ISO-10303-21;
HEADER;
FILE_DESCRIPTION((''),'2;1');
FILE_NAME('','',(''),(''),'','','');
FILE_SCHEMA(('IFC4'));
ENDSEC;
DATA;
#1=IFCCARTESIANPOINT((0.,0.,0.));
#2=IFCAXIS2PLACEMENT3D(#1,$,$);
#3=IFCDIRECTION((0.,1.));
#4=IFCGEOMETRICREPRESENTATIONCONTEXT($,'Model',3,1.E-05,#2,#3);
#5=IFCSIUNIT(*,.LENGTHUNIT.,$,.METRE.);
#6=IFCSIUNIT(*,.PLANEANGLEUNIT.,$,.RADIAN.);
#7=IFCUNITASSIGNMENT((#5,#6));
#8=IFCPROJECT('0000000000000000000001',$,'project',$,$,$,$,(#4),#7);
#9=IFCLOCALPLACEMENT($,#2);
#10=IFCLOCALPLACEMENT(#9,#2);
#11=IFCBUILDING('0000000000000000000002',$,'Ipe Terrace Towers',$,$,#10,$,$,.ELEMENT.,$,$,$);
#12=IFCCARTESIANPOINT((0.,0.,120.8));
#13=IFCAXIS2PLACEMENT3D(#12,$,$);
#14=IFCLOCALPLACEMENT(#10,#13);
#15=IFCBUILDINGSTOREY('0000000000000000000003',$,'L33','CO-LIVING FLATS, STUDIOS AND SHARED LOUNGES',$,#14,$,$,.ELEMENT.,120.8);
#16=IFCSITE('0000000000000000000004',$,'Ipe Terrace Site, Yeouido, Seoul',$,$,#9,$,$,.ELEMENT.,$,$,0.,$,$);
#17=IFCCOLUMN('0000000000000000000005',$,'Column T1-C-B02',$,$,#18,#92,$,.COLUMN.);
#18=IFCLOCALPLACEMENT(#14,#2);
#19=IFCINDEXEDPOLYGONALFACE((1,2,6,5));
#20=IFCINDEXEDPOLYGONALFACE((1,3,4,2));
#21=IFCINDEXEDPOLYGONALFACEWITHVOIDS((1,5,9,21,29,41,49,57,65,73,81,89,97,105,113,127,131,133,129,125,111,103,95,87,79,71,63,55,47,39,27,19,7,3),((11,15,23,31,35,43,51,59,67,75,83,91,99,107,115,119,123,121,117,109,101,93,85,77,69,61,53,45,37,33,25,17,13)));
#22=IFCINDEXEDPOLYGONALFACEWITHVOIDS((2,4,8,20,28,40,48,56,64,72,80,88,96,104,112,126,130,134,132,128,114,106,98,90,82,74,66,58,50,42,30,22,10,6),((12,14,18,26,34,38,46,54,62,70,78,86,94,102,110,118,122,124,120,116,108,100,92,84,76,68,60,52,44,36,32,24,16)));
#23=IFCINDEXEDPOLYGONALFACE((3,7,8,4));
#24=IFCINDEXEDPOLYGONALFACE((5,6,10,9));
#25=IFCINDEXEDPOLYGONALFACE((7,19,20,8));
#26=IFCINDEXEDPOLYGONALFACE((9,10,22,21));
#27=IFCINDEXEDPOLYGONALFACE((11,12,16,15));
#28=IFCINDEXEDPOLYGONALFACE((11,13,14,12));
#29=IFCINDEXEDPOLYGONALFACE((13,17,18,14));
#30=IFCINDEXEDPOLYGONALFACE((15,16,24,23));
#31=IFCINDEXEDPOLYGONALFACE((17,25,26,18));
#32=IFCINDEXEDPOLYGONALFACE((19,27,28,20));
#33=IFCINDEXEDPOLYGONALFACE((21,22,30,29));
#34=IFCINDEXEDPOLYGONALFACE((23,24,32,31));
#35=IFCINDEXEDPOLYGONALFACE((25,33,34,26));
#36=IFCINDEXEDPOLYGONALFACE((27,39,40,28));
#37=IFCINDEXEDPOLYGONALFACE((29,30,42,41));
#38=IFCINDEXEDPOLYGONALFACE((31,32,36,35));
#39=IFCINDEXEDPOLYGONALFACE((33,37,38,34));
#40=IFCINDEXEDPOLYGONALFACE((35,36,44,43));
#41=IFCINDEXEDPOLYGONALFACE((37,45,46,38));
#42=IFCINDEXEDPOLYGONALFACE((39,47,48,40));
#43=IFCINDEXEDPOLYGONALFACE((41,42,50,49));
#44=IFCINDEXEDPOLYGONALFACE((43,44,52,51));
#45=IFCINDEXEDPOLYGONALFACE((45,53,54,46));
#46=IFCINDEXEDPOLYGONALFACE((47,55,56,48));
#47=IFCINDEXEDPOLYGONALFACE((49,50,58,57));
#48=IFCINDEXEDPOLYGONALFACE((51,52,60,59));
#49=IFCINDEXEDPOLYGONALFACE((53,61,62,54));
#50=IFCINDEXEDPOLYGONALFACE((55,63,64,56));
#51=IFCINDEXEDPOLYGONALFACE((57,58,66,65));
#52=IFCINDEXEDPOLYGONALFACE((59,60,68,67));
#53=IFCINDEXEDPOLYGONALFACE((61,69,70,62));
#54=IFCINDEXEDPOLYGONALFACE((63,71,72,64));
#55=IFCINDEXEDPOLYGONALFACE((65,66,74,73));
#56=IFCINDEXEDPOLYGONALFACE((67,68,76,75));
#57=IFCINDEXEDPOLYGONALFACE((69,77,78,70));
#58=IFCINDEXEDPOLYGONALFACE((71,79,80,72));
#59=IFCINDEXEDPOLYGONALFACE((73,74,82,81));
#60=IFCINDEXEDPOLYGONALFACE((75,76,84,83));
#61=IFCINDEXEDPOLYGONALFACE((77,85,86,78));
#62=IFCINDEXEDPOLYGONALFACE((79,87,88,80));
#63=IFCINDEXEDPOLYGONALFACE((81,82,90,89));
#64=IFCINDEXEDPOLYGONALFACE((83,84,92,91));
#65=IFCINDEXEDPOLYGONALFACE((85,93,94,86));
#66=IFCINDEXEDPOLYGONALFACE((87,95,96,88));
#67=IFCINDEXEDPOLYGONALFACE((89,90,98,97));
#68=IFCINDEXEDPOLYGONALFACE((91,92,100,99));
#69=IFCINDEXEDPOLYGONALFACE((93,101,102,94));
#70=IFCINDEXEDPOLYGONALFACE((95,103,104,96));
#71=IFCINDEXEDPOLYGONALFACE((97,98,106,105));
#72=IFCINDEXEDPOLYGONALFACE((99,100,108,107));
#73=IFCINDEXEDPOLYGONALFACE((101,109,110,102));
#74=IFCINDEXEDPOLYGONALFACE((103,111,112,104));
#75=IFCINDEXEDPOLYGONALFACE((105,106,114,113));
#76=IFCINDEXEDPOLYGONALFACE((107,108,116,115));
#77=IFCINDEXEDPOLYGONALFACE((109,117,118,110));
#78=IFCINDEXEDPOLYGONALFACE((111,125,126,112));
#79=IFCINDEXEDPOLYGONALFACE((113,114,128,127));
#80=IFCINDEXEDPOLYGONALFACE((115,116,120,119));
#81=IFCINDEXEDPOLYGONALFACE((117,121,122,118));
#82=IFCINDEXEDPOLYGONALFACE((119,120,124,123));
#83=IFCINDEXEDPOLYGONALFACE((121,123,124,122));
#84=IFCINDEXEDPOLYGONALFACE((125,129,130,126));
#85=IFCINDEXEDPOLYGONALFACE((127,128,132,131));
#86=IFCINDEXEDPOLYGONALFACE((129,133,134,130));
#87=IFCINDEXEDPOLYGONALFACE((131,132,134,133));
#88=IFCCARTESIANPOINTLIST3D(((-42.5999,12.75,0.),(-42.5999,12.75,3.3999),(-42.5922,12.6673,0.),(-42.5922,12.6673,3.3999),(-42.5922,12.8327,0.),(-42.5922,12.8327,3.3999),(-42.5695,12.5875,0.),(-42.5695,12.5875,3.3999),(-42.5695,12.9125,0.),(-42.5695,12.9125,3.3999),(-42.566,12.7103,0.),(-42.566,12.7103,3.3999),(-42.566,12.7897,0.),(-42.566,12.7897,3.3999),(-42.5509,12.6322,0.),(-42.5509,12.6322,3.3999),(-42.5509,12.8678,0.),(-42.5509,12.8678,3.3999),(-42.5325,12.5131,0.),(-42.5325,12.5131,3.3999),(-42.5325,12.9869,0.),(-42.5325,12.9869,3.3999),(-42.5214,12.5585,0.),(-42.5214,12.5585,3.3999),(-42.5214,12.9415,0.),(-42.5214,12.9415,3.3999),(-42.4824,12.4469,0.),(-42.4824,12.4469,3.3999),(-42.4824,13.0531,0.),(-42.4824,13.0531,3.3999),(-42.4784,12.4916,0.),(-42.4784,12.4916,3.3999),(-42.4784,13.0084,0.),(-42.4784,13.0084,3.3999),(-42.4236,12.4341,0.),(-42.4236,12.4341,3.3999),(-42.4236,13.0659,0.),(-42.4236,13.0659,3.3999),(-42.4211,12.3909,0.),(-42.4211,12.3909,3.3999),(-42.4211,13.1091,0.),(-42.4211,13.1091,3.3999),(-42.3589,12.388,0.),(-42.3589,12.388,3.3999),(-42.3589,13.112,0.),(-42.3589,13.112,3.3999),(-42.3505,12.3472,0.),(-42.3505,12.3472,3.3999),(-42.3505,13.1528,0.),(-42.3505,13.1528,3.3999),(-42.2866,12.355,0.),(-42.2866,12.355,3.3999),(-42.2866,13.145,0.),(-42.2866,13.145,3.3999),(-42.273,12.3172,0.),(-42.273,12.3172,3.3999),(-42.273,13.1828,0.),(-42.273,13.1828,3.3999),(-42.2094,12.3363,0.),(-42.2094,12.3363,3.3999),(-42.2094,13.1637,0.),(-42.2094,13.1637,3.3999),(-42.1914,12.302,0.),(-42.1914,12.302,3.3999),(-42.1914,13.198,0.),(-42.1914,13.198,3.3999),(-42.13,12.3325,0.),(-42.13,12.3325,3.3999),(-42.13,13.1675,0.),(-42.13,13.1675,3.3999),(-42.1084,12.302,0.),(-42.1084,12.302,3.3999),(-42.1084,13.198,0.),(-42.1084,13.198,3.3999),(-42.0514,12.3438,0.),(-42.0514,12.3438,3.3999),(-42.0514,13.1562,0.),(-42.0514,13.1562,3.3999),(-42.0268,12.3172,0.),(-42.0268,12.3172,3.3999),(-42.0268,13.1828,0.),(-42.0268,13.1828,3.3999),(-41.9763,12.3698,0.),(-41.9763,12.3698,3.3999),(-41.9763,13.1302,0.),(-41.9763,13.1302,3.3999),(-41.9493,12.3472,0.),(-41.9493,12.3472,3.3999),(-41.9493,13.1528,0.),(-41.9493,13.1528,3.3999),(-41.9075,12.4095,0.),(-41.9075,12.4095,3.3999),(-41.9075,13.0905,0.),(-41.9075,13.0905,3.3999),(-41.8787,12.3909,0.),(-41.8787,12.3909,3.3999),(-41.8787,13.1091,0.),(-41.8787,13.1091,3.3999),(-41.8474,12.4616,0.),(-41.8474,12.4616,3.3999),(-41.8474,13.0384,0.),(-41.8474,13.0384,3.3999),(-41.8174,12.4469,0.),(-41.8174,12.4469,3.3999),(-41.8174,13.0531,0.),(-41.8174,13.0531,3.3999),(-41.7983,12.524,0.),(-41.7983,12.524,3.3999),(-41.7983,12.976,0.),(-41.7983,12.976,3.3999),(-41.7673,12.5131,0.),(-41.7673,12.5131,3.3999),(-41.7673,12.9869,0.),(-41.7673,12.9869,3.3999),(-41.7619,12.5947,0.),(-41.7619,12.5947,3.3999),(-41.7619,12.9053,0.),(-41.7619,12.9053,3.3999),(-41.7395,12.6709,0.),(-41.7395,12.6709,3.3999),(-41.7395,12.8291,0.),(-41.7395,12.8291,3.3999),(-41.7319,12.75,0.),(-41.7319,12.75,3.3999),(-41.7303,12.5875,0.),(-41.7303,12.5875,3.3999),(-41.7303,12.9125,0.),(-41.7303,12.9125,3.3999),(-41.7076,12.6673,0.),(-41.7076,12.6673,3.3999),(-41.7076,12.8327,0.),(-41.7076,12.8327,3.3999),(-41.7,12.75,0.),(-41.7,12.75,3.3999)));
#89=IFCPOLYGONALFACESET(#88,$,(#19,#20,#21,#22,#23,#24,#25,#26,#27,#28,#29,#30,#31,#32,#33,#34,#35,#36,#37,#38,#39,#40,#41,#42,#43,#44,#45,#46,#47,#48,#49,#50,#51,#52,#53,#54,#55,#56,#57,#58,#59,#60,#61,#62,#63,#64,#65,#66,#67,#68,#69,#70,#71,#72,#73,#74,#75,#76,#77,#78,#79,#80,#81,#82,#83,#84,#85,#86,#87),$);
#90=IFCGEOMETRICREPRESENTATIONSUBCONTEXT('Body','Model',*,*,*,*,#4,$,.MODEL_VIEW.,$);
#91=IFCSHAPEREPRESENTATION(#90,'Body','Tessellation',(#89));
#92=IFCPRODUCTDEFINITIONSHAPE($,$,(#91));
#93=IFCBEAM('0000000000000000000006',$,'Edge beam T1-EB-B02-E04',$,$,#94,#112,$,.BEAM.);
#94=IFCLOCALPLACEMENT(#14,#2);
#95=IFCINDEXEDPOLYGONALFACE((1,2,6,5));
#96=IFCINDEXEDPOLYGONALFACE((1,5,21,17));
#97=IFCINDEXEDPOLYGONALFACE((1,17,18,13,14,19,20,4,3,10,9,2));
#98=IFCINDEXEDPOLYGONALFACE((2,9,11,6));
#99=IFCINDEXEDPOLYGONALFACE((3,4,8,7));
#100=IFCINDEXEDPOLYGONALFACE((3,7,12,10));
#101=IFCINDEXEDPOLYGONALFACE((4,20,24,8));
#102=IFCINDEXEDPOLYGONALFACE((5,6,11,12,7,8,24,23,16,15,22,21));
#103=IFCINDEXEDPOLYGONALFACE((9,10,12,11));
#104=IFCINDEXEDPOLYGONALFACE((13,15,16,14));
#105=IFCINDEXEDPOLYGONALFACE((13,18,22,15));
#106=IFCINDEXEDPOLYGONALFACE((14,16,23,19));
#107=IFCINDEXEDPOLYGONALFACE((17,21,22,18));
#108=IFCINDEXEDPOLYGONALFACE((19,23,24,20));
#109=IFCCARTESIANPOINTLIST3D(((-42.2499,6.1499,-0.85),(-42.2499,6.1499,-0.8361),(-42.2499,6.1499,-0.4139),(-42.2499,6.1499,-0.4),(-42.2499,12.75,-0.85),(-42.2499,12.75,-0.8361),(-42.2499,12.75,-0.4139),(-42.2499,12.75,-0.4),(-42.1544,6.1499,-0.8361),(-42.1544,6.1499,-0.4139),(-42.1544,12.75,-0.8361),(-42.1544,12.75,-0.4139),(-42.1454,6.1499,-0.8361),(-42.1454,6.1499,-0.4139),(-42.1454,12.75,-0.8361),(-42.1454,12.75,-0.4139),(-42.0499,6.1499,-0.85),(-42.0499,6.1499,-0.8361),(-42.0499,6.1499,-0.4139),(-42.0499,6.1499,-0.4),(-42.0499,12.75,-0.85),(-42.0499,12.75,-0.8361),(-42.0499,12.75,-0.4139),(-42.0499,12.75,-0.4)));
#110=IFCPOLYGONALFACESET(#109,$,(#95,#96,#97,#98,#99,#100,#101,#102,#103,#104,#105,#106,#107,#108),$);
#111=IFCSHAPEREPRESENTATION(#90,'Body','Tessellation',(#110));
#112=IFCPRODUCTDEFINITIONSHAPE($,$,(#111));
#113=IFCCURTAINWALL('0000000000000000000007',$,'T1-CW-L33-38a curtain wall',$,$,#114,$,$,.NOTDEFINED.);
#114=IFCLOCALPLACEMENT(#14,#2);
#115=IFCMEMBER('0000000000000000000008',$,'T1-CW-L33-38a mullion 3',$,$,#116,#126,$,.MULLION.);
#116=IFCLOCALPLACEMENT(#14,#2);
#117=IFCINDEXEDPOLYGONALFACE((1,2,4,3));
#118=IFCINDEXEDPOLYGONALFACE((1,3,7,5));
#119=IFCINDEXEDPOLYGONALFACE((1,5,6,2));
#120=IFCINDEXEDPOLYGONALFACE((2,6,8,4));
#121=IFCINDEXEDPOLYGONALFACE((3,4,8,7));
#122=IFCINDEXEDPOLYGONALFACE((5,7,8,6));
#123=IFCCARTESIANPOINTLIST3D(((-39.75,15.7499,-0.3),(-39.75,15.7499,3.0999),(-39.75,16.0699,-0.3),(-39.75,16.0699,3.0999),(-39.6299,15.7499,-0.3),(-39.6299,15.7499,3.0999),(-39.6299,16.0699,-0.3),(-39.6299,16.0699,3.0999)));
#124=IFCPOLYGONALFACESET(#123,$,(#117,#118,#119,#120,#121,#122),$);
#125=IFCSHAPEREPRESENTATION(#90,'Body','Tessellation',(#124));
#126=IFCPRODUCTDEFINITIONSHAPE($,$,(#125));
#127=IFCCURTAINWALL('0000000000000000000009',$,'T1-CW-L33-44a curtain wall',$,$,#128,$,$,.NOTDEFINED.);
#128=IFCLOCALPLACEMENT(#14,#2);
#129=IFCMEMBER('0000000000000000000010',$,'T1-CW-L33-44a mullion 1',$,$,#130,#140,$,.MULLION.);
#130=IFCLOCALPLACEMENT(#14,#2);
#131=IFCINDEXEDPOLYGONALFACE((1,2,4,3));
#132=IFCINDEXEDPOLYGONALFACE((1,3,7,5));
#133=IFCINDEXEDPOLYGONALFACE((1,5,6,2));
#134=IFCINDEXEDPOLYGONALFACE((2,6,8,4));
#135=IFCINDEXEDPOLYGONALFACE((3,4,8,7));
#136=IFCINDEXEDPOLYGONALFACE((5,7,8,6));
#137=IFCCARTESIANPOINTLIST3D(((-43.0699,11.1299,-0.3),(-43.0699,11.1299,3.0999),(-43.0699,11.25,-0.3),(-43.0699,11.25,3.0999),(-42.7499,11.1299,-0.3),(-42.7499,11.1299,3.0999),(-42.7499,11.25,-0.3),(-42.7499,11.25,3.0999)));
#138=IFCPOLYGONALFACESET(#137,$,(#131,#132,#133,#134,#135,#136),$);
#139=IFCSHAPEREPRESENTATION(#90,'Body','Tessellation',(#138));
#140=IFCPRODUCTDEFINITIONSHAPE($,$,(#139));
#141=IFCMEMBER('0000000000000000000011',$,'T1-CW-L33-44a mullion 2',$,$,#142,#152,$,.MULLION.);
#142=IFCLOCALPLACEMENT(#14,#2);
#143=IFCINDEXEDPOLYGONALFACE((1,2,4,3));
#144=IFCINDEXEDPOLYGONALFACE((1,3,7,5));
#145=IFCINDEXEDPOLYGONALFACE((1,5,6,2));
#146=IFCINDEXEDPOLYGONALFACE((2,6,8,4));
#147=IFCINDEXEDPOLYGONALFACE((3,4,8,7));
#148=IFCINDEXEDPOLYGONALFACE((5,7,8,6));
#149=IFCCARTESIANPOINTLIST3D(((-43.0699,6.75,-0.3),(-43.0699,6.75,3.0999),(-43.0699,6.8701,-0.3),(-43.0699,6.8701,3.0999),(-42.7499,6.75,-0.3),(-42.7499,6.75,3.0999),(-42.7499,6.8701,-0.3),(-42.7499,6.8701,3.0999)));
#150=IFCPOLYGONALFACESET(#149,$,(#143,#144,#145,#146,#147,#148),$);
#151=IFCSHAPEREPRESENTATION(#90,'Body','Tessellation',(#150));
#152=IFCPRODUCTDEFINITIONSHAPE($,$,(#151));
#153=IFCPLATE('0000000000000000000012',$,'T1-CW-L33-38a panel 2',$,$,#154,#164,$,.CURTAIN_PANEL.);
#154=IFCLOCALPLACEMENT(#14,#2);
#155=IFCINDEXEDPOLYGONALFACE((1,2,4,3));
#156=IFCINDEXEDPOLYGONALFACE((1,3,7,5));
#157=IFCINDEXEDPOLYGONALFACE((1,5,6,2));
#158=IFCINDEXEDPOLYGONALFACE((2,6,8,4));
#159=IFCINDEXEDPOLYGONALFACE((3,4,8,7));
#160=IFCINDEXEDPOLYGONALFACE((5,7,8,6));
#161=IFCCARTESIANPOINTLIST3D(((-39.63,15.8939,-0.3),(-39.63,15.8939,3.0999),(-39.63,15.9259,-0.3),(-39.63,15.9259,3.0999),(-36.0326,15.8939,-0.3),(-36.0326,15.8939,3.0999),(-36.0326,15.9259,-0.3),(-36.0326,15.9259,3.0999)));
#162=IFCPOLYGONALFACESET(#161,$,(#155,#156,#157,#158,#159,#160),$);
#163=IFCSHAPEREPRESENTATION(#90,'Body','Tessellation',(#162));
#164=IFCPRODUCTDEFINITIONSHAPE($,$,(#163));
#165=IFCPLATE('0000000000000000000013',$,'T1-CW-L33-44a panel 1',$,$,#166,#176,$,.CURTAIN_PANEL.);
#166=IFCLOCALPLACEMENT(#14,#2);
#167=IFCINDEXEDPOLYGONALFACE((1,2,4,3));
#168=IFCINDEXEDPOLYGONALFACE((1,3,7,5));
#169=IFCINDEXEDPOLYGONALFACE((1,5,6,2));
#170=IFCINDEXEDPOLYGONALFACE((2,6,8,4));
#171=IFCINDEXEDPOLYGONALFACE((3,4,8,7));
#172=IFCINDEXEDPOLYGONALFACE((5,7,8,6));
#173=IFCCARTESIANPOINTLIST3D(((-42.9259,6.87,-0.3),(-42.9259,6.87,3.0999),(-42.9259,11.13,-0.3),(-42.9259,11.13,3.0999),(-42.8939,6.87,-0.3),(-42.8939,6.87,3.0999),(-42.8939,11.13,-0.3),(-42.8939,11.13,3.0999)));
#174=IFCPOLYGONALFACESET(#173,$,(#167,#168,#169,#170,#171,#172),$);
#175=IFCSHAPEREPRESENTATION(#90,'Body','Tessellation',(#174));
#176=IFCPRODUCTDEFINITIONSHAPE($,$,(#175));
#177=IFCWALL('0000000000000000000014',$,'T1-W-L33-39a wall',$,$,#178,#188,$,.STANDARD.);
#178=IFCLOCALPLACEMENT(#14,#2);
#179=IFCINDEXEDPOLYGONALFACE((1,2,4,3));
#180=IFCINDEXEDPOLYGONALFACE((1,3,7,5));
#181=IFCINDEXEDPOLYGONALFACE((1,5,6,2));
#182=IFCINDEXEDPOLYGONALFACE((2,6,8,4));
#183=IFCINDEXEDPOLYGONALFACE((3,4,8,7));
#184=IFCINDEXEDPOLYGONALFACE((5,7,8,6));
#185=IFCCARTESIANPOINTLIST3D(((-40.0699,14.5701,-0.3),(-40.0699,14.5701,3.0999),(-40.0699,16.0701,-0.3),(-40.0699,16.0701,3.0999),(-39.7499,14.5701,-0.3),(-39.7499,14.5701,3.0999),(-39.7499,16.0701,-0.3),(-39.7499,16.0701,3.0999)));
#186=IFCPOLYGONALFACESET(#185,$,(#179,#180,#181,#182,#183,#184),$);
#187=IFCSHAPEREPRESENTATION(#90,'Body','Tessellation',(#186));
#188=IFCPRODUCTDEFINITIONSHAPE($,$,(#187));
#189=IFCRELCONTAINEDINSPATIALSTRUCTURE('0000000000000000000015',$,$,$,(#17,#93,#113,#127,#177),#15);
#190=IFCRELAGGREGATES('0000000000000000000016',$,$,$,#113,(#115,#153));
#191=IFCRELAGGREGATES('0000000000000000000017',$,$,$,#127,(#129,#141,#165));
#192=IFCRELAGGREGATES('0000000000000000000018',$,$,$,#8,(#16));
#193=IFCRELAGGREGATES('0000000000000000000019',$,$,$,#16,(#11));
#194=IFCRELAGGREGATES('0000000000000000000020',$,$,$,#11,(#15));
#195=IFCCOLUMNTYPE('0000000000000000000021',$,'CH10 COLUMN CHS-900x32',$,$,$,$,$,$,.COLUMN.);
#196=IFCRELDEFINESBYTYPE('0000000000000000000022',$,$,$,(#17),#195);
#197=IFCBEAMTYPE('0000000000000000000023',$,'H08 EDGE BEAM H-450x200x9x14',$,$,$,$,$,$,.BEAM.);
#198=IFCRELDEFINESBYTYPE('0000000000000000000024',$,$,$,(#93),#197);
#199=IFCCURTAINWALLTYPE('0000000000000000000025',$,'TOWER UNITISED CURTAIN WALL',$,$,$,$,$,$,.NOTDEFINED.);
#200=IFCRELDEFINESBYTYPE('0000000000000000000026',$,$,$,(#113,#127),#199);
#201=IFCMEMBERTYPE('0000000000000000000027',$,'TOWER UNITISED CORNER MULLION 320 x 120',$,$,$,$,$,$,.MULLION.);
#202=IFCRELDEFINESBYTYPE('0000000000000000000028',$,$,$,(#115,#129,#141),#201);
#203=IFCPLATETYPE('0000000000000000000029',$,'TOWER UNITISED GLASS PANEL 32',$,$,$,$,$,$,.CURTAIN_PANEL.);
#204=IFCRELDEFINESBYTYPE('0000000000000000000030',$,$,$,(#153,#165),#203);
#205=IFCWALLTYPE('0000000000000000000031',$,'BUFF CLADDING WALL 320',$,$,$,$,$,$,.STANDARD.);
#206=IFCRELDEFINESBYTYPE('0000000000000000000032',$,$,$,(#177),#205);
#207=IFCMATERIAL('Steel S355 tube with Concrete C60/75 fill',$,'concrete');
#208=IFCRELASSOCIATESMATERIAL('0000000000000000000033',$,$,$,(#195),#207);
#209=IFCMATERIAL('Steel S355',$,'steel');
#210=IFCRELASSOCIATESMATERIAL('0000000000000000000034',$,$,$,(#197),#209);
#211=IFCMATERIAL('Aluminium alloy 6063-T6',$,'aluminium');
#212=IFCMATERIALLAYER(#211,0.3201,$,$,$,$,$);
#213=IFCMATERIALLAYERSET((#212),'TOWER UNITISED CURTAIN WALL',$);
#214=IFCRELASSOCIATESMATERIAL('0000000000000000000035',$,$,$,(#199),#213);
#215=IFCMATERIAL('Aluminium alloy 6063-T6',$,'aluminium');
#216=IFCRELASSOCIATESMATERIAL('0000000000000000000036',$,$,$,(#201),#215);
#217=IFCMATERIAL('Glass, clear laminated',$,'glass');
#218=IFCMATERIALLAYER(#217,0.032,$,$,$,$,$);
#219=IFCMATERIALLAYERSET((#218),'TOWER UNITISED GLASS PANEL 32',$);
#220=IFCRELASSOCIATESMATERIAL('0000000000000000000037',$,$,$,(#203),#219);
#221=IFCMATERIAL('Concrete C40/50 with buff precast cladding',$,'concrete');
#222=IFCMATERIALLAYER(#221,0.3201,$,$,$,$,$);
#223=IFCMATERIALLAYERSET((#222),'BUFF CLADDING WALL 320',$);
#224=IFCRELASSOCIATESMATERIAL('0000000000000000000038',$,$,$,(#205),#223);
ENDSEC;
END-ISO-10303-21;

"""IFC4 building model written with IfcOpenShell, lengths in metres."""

from ifc_helpers import new_model, si_unit, direction, frame, frame_2d, origin, origin_2d, place, context, subcontext, project, spatial, rectangle, hollow_circle, i_section, extrude, material, layer, layer_set, material_profile, profile_set, type_object, element, aggregate, save


model = new_model("IFC4")

# Units and contexts
model_context = context("Model", 3, precision=1e-05, world=origin(), true_north=direction((0.0, 1.0)))
body_context = subcontext(model_context, "Body", "Model", "MODEL_VIEW")
ifc_project = project(units=[si_unit("LENGTHUNIT", "METRE"), si_unit("PLANEANGLEUNIT", "RADIAN")], contexts=[model_context])

# Site, building, storey
site_placement = place(None, origin())
site = spatial("IfcSite", under=ifc_project, at=site_placement, Name="Ipe Terrace Site, Yeouido, Seoul", CompositionType="ELEMENT", RefElevation=0.0)
building_placement = place(site_placement, origin())
building = spatial("IfcBuilding", under=site, at=building_placement, Name="Ipe Terrace Towers", CompositionType="ELEMENT")
storey_placement = place(building_placement, frame((0.0, 0.0, 120.8)))
storey = spatial("IfcBuildingStorey", under=building, at=storey_placement, Name="L33", Description="CO-LIVING FLATS, STUDIOS AND SHARED LOUNGES", CompositionType="ELEMENT", Elevation=120.8)

# Column
ifc_material_1 = material(Name="Steel S355 tube with Concrete C60/75 fill", Category="concrete")
ifc_material_profile_1 = material_profile(ifc_material_1, hollow_circle(Radius=0.45, WallThickness=0.032, at=origin_2d()), Name="CHS-900x32")
ifc_profile_set_1 = profile_set([ifc_material_profile_1], Name="Steel S355 tube with Concrete C60/75 fill")
column_type = type_object("IfcColumnType", Name="CH10 COLUMN CHS-900x32", PredefinedType="COLUMN", material=ifc_profile_set_1)
column_placement = place(storey_placement, frame((-42.1499, 12.75, 0.0), z_axis=(0.0, 0.0, 1.0), x_axis=(1.0, 0.0, 0.0)))
element("IfcColumn", 1, at=column_placement, inside=storey, type_object=column_type, Name="Column T1-C-B02", PredefinedType="COLUMN", context=body_context, shape_type="SweptSolid", body=[
    extrude(hollow_circle(Radius=0.45, WallThickness=0.032, at=origin_2d()), origin(), (0.0, 0.0, 1.0), 3.3999),
])

# Beam
ifc_material_2 = material(Name="Steel S355", Category="steel")
ifc_material_profile_2 = material_profile(ifc_material_2, i_section(OverallWidth=0.2, OverallDepth=0.45, WebThickness=0.009, FlangeThickness=0.0139, at=origin_2d()), Name="H-450x200x9x14")
ifc_profile_set_2 = profile_set([ifc_material_profile_2], Name="Steel S355")
beam_type = type_object("IfcBeamType", Name="H08 EDGE BEAM H-450x200x9x14", PredefinedType="BEAM", material=ifc_profile_set_2)
beam_placement = place(storey_placement, frame((-42.1499, 12.75, -0.625), z_axis=(0.0, -1.0, 0.0), x_axis=(1.0, 0.0, 0.0)))
element("IfcBeam", 2, at=beam_placement, inside=storey, type_object=beam_type, Name="Edge beam T1-EB-B02-E04", PredefinedType="BEAM", context=body_context, shape_type="SweptSolid", body=[
    extrude(i_section(OverallWidth=0.2, OverallDepth=0.45, WebThickness=0.009, FlangeThickness=0.0139, at=origin_2d()), origin(), (0.0, 0.0, 1.0), 6.6001),
])

# Curtain wall, member
ifc_material_3 = material(Name="Aluminium alloy 6063-T6", Category="aluminium")
ifc_layer_1 = layer(ifc_material_3, 0.3201)
ifc_layer_set_1 = layer_set([ifc_layer_1], Name="TOWER UNITISED CURTAIN WALL")
curtain_wall_type = type_object("IfcCurtainWallType", Name="TOWER UNITISED CURTAIN WALL", PredefinedType="NOTDEFINED", material=ifc_layer_set_1)
curtain_wall_1_placement = place(storey_placement, origin())
curtain_wall_1 = element("IfcCurtainWall", 3, at=curtain_wall_1_placement, inside=storey, type_object=curtain_wall_type, Name="T1-CW-L33-38a curtain wall", PredefinedType="NOTDEFINED")
ifc_material_4 = material(Name="Aluminium alloy 6063-T6", Category="aluminium")
ifc_material_profile_3 = material_profile(ifc_material_4, rectangle(XDim=0.3201, YDim=0.1201, at=origin_2d()), Name="TOWER UNITISED CORNER MULLION 320 x 120")
ifc_profile_set_3 = profile_set([ifc_material_profile_3], Name="Aluminium alloy 6063-T6")
member_type = type_object("IfcMemberType", Name="TOWER UNITISED CORNER MULLION 320 x 120", PredefinedType="MULLION", material=ifc_profile_set_3)
member_1_placement = place(storey_placement, frame((-39.6899, 15.9099, -0.3), z_axis=(0.0, 0.0, 1.0), x_axis=(0.0, 1.0, 0.0)))
member_1 = element("IfcMember", 4, at=member_1_placement, type_object=member_type, Name="T1-CW-L33-38a mullion 3", PredefinedType="MULLION", context=body_context, shape_type="SweptSolid", body=[
    extrude(rectangle(XDim=0.3201, YDim=0.1201, at=origin_2d()), origin(), (0.0, 0.0, 1.0), 3.3999),
])

# Curtain wall, members
curtain_wall_2_placement = place(storey_placement, origin())
curtain_wall_2 = element("IfcCurtainWall", 5, at=curtain_wall_2_placement, inside=storey, type_object=curtain_wall_type, Name="T1-CW-L33-44a curtain wall", PredefinedType="NOTDEFINED")
member_2_placement = place(storey_placement, frame((-42.9099, 11.1899, -0.3), z_axis=(0.0, 0.0, 1.0), x_axis=(-1.0, 0.0, 0.0)))
member_2 = element("IfcMember", 6, at=member_2_placement, type_object=member_type, Name="T1-CW-L33-44a mullion 1", PredefinedType="MULLION", context=body_context, shape_type="SweptSolid", body=[
    extrude(rectangle(XDim=0.3201, YDim=0.1201, at=origin_2d()), origin(), (0.0, 0.0, 1.0), 3.3999),
])
member_3_placement = place(storey_placement, frame((-42.9099, 6.8101, -0.3), z_axis=(0.0, 0.0, 1.0), x_axis=(-1.0, 0.0, 0.0)))
member_3 = element("IfcMember", 7, at=member_3_placement, type_object=member_type, Name="T1-CW-L33-44a mullion 2", PredefinedType="MULLION", context=body_context, shape_type="SweptSolid", body=[
    extrude(rectangle(XDim=0.3201, YDim=0.1201, at=origin_2d()), origin(), (0.0, 0.0, 1.0), 3.3999),
])

# Plates
ifc_material_5 = material(Name="Glass, clear laminated", Category="glass")
ifc_layer_2 = layer(ifc_material_5, 0.032)
ifc_layer_set_2 = layer_set([ifc_layer_2], Name="TOWER UNITISED GLASS PANEL 32")
plate_type = type_object("IfcPlateType", Name="TOWER UNITISED GLASS PANEL 32", PredefinedType="CURTAIN_PANEL", material=ifc_layer_set_2)
plate_1_placement = place(storey_placement, frame((-37.8313, 15.9099, -0.3), z_axis=(0.0, 0.0, 1.0), x_axis=(-1.0, 0.0, 0.0)))
plate_1 = element("IfcPlate", 8, at=plate_1_placement, type_object=plate_type, Name="T1-CW-L33-38a panel 2", PredefinedType="CURTAIN_PANEL", context=body_context, shape_type="SweptSolid", body=[
    extrude(rectangle(XDim=3.5974, YDim=0.032, at=origin_2d()), origin(), (0.0, 0.0, 1.0), 3.3999),
])
aggregate(curtain_wall_1, [member_1, plate_1])
plate_2_placement = place(storey_placement, frame((-42.9099, 9.0, -0.3), z_axis=(0.0, 0.0, 1.0), x_axis=(0.0, -1.0, 0.0)))
plate_2 = element("IfcPlate", 9, at=plate_2_placement, type_object=plate_type, Name="T1-CW-L33-44a panel 1", PredefinedType="CURTAIN_PANEL", context=body_context, shape_type="SweptSolid", body=[
    extrude(rectangle(XDim=4.26, YDim=0.032, at=origin_2d()), origin(), (0.0, 0.0, 1.0), 3.3999),
])
aggregate(curtain_wall_2, [member_2, member_3, plate_2])

# Wall
ifc_material_6 = material(Name="Concrete C40/50 with buff precast cladding", Category="concrete")
ifc_layer_3 = layer(ifc_material_6, 0.3201)
ifc_layer_set_3 = layer_set([ifc_layer_3], Name="BUFF CLADDING WALL 320")
wall_type_1 = type_object("IfcWallType", Name="BUFF CLADDING WALL 320", PredefinedType="STANDARD", material=ifc_layer_set_3)
wall_1_placement = place(storey_placement, frame((-39.9099, 16.0701, -0.3), z_axis=(0.0, 0.0, 1.0), x_axis=(0.0, -1.0, 0.0)))
element("IfcWall", 10, at=wall_1_placement, inside=storey, type_object=wall_type_1, Name="T1-W-L33-39a wall", PredefinedType="STANDARD", context=body_context, shape_type="SweptSolid", body=[
    extrude(rectangle(XDim=1.5, YDim=0.3201, at=frame_2d((0.75, 0.0))), origin(), (0.0, 0.0, 1.0), 3.3999),
])

save(model, "model.ifc")
